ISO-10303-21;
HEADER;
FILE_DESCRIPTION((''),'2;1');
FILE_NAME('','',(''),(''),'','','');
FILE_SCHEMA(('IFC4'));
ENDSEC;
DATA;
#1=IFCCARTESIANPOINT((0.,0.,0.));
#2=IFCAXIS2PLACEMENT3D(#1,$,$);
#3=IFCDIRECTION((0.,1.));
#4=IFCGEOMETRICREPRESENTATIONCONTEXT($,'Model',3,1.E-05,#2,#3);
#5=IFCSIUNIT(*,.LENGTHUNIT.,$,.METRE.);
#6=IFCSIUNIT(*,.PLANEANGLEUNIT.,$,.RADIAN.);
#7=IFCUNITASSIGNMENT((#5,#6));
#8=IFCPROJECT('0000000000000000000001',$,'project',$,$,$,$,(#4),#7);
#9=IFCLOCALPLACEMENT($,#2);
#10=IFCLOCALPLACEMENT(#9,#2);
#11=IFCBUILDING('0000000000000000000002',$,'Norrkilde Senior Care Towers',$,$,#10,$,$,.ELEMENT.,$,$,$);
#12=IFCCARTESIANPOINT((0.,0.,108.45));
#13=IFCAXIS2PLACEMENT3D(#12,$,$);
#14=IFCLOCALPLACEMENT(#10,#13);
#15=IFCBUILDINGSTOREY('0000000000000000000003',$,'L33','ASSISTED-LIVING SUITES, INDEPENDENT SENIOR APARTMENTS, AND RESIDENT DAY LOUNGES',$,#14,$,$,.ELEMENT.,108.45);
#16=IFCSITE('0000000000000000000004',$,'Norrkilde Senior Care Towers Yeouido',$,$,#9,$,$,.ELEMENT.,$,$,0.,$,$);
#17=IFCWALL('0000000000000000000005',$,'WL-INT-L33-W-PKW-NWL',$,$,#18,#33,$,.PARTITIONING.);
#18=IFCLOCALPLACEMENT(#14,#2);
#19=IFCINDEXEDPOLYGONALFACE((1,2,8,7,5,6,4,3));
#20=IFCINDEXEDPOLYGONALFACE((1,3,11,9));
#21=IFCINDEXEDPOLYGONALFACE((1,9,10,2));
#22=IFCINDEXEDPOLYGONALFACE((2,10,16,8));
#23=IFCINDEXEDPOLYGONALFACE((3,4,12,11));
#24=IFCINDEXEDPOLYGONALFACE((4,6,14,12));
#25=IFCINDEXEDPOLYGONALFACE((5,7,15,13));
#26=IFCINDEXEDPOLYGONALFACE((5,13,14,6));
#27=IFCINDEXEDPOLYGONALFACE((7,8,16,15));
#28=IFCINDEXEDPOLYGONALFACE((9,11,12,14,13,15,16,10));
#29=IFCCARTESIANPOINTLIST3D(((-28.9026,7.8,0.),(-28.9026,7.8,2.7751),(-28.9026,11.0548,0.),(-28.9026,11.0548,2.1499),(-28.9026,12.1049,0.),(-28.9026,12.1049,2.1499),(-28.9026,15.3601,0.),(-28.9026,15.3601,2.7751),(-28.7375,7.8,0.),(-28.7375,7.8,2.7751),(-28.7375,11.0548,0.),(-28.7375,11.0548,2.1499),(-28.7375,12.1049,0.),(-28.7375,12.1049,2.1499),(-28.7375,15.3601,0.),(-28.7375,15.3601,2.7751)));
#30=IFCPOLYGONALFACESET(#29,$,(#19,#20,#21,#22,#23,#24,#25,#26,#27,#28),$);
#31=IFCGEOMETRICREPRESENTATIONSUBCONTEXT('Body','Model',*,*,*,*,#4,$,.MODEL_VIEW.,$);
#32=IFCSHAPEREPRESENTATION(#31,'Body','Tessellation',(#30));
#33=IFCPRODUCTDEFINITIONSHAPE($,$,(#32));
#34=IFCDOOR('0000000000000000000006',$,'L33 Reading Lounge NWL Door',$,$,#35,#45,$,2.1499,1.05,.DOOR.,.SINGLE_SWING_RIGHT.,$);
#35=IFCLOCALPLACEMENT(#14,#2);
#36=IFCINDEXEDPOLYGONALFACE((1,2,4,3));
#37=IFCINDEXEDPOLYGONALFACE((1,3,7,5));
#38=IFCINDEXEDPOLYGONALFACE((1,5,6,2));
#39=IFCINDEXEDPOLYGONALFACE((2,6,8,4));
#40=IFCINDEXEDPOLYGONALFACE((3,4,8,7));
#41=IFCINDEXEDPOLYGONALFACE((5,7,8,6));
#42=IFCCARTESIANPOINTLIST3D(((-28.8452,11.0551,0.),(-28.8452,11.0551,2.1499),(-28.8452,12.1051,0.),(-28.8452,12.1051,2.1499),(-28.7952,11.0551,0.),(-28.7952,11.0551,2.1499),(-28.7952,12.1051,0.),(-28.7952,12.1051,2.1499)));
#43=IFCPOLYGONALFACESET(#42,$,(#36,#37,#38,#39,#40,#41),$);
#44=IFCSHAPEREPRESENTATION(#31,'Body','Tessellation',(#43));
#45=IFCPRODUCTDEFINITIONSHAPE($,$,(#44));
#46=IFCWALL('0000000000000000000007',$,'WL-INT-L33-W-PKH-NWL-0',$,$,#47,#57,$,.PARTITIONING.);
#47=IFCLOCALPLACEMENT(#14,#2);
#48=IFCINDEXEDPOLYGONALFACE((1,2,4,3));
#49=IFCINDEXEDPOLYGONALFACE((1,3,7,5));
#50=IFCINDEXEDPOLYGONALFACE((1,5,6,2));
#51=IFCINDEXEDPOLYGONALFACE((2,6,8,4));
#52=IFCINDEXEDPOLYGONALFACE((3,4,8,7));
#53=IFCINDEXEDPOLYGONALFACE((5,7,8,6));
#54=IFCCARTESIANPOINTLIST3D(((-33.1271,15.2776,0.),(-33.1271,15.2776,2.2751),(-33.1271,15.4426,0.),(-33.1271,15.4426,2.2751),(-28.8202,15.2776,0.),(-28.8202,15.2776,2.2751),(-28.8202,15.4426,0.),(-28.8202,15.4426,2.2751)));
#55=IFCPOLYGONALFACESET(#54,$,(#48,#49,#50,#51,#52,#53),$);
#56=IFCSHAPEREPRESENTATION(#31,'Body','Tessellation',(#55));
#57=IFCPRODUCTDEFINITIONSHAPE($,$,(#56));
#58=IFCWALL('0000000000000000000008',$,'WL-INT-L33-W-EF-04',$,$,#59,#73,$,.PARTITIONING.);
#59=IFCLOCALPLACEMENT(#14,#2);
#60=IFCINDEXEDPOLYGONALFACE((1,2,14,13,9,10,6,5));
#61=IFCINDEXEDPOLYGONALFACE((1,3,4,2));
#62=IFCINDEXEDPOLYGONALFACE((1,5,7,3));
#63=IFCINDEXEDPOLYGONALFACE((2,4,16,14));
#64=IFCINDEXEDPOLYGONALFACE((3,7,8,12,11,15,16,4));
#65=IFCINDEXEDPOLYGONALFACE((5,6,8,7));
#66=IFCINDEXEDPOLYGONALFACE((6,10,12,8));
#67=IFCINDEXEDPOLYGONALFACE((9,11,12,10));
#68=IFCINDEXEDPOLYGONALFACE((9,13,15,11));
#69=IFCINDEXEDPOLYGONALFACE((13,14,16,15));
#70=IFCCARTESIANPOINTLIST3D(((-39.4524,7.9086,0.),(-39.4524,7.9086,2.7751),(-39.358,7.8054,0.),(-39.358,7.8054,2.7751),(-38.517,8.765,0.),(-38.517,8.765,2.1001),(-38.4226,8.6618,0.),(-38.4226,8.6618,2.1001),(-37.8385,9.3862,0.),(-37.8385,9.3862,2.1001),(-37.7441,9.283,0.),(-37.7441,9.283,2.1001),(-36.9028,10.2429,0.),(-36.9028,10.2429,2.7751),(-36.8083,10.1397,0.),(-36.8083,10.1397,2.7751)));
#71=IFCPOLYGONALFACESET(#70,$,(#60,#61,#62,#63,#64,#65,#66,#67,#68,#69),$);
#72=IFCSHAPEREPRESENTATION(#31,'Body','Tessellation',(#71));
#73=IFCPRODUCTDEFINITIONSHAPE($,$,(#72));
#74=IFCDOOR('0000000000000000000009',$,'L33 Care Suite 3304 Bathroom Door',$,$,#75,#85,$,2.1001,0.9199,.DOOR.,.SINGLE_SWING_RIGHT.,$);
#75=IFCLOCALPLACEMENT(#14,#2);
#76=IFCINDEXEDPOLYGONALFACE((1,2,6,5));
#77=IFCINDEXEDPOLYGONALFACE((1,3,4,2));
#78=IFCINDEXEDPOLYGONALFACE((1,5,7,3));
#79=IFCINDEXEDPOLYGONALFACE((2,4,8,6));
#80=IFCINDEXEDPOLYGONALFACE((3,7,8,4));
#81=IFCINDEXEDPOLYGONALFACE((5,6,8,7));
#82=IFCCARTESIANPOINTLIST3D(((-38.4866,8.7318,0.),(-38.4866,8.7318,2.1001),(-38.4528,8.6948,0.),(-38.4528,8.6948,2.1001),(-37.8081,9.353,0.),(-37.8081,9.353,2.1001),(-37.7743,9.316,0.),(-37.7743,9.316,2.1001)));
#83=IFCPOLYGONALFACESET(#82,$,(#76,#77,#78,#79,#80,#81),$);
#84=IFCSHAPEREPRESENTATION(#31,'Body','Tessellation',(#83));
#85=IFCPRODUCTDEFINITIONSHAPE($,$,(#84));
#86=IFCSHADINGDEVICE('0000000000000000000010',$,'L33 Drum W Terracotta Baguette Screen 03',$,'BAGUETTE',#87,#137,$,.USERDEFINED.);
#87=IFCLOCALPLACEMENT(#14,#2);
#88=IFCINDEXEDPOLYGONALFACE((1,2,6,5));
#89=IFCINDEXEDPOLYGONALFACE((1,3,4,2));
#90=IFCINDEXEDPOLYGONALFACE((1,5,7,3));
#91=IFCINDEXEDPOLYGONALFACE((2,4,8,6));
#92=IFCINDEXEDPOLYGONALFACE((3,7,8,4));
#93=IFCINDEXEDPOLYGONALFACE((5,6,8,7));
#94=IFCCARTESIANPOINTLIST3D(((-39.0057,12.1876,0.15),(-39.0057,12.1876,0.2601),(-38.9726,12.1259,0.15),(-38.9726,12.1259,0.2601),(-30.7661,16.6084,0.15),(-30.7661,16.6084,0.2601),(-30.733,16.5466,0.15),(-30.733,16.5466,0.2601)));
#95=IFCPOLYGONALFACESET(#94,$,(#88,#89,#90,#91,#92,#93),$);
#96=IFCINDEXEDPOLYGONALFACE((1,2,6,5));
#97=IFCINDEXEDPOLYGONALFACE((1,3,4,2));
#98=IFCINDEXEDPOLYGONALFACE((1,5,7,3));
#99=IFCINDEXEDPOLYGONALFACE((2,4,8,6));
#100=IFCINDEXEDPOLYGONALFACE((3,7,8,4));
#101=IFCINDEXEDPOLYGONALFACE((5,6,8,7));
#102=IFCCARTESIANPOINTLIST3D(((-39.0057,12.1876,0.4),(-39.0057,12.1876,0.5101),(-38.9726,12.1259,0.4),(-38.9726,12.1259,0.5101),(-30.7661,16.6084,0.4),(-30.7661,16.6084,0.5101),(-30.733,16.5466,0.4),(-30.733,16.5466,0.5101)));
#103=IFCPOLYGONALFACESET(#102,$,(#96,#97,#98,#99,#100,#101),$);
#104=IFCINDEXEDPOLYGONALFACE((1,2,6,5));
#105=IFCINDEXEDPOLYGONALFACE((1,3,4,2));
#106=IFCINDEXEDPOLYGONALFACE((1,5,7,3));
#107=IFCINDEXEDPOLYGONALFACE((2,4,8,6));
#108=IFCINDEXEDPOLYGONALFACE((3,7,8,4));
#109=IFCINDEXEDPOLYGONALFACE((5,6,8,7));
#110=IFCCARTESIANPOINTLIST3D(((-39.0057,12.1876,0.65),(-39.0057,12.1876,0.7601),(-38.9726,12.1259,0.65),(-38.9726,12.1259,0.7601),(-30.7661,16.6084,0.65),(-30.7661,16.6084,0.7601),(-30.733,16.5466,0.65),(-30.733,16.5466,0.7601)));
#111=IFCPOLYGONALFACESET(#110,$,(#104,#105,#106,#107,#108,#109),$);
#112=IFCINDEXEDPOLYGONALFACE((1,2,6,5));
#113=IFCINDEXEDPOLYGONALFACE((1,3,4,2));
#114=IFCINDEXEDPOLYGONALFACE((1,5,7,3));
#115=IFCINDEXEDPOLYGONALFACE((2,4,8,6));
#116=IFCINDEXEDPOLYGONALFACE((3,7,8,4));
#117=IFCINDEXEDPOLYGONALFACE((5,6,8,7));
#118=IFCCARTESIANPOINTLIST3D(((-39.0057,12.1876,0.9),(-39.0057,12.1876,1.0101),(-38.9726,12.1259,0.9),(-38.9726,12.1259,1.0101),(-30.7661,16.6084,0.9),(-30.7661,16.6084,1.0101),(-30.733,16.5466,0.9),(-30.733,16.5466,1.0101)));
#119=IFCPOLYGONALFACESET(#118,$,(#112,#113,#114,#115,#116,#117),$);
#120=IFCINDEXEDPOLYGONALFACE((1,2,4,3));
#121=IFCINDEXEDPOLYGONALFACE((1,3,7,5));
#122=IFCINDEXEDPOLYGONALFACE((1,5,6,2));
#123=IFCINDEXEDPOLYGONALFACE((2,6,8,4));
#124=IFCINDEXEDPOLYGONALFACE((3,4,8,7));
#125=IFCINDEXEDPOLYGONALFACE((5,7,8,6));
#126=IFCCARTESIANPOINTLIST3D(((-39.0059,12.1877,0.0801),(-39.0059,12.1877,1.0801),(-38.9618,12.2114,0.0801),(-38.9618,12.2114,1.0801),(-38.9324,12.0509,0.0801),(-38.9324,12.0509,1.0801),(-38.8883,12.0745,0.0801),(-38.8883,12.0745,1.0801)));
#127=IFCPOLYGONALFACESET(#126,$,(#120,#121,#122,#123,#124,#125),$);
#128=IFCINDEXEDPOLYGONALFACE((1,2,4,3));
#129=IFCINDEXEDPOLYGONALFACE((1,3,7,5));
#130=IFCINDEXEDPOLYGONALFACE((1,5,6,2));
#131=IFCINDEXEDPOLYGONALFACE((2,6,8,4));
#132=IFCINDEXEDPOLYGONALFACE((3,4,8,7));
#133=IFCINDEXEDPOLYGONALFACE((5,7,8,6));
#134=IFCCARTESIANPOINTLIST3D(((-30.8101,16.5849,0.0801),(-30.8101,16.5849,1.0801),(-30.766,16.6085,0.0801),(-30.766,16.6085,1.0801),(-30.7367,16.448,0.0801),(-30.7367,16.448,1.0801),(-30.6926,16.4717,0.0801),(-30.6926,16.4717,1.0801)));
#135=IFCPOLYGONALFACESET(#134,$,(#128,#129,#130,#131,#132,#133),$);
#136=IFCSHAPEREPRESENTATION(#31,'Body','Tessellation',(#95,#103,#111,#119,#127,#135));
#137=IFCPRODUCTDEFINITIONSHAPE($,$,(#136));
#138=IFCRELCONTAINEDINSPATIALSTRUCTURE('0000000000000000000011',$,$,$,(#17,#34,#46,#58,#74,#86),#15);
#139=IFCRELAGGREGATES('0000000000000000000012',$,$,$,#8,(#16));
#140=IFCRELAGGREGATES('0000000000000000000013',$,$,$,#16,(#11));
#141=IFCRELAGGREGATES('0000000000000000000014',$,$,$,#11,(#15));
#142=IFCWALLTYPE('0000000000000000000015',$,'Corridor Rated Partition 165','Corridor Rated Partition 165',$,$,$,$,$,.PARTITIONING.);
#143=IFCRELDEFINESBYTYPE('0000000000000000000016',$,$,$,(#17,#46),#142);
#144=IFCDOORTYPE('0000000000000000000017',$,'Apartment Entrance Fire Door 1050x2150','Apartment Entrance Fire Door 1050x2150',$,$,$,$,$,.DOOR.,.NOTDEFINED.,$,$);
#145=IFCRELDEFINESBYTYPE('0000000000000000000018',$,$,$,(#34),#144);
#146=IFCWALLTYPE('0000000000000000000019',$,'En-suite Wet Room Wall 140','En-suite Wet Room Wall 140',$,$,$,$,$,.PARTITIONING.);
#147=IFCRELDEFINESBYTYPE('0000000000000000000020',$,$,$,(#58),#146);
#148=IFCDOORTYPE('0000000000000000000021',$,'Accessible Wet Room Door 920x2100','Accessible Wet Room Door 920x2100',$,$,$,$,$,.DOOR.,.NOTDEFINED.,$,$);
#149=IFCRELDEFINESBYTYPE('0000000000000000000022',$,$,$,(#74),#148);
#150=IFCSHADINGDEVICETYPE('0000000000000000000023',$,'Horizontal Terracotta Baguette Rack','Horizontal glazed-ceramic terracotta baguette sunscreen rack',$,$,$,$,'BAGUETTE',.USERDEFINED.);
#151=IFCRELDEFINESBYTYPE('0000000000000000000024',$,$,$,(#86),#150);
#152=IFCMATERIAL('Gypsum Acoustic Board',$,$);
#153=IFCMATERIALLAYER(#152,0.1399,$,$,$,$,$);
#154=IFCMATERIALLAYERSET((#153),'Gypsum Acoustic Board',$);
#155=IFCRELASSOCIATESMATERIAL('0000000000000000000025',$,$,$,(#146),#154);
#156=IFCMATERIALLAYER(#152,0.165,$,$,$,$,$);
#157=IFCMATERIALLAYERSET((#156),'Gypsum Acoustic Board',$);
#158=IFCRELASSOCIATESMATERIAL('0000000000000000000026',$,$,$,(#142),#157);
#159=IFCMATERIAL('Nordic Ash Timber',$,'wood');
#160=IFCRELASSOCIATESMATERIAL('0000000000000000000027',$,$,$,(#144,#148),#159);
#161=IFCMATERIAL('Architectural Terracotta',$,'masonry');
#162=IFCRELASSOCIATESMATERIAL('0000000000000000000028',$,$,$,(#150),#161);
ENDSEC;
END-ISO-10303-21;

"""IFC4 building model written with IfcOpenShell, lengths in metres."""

from ifc_helpers import new_model, si_unit, direction, frame, frame_2d, origin, origin_2d, place, context, subcontext, project, spatial, rectangle, extrude, source, transform, mapped, material, layer, layer_set, type_object, type_shapes, element, fill, save


model = new_model("IFC4")

# Units and contexts
model_context = context("Model", 3, precision=1e-05, world=origin(), true_north=direction((0.0, 1.0)))
body_context = subcontext(model_context, "Body", "Model", "MODEL_VIEW")
ifc_project = project(units=[si_unit("LENGTHUNIT", "METRE"), si_unit("PLANEANGLEUNIT", "RADIAN")], contexts=[model_context])

# Site, building, storey
site_placement = place(None, origin())
site = spatial("IfcSite", under=ifc_project, at=site_placement, Name="Norrkilde Senior Care Towers Yeouido", CompositionType="ELEMENT", RefElevation=0.0)
building_placement = place(site_placement, origin())
building = spatial("IfcBuilding", under=site, at=building_placement, Name="Norrkilde Senior Care Towers", CompositionType="ELEMENT")
storey_placement = place(building_placement, frame((0.0, 0.0, 108.45)))
storey = spatial("IfcBuildingStorey", under=building, at=storey_placement, Name="L33", Description="ASSISTED-LIVING SUITES, INDEPENDENT SENIOR APARTMENTS, AND RESIDENT DAY LOUNGES", CompositionType="ELEMENT", Elevation=108.45)

# Shared definitions
ifc_material_1 = material(Name="Gypsum Acoustic Board")
ifc_layer_1 = layer(ifc_material_1, 0.1399)
ifc_layer_set_1 = layer_set([ifc_layer_1], Name="Gypsum Acoustic Board")
wall_type_1 = type_object("IfcWallType", Name="En-suite Wet Room Wall 140", Description="En-suite Wet Room Wall 140", PredefinedType="PARTITIONING", material=ifc_layer_set_1)
ifc_layer_2 = layer(ifc_material_1, 0.165)
ifc_layer_set_2 = layer_set([ifc_layer_2], Name="Gypsum Acoustic Board")
wall_type_2 = type_object("IfcWallType", Name="Corridor Rated Partition 165", Description="Corridor Rated Partition 165", PredefinedType="PARTITIONING", material=ifc_layer_set_2)

# Wall, opening, door
shared_shape_1 = source(origin(), body_context, "Body", "SweptSolid", [
    extrude(rectangle(XDim=7.5601, YDim=0.165, at=frame_2d((3.78, 0.0))), origin(), (0.0, 0.0, 1.0), 2.7751),
])
wall_1_placement = place(storey_placement, frame((-28.8201, 7.8, 0.0), z_axis=(0.0, 0.0, 1.0), x_axis=(0.0, 1.0, 0.0)))
wall_1 = element("IfcWall", 1, at=wall_1_placement, inside=storey, type_object=wall_type_2, Name="WL-INT-L33-W-PKW-NWL", PredefinedType="PARTITIONING", context=body_context, shape_type="MappedRepresentation", body=[
    mapped(shared_shape_1, transform((0.0, 0.0, 0.0), x_axis=(1.0, 0.0, 0.0), y_axis=(0.0, 1.0, 0.0), z_axis=(0.0, 0.0, 1.0), scale=1.0)),
])
opening_1_placement = place(wall_1_placement, frame((3.2549, 0.0, 0.0)))
opening_1 = element("IfcOpeningElement", 2, at=opening_1_placement, cuts=wall_1, PredefinedType="OPENING", context=body_context, shape_type="SweptSolid", body=[
    extrude(rectangle(XDim=1.05, YDim=2.1499, at=frame_2d((0.5249, 1.075))), frame((0.0, 0.0925, 0.0), z_axis=(0.0, -1.0, 0.0), x_axis=(1.0, 0.0, 0.0)), (0.0, 0.0, 1.0), 0.1851),
])
ifc_material_2 = material(Name="Nordic Ash Timber", Category="wood")
door_type_1 = type_object("IfcDoorType", Name="Apartment Entrance Fire Door 1050x2150", Description="Apartment Entrance Fire Door 1050x2150", OperationType="NOTDEFINED", PredefinedType="DOOR", material=ifc_material_2)
shared_shape_2 = source(origin(), body_context, "Body", "SweptSolid", [
    extrude(rectangle(XDim=1.05, YDim=2.1499, at=frame_2d((0.5249, 1.075))), frame((0.0, 0.0249, 0.0), z_axis=(0.0, -1.0, 0.0), x_axis=(1.0, 0.0, 0.0)), (0.0, 0.0, 1.0), 0.05),
])
type_shapes(door_type_1, [shared_shape_2])
door_1_placement = place(opening_1_placement, frame((1.05, 0.0, 0.0), z_axis=(0.0, 0.0, 1.0), x_axis=(-1.0, 0.0, 0.0)))
door_1 = element("IfcDoor", 3, at=door_1_placement, inside=storey, type_object=door_type_1, Name="L33 Reading Lounge NWL Door", OperationType="SINGLE_SWING_RIGHT", OverallHeight=2.1499, OverallWidth=1.05, PredefinedType="DOOR", context=body_context, shape_type="MappedRepresentation", body=[
    mapped(shared_shape_2, transform((0.0, 0.0, 0.0), x_axis=(1.0, 0.0, 0.0), y_axis=(0.0, 1.0, 0.0), z_axis=(0.0, 0.0, 1.0), scale=1.0)),
])
fill(opening_1, door_1)

# Wall
shared_shape_3 = source(origin(), body_context, "Body", "SweptSolid", [
    extrude(rectangle(XDim=4.3069, YDim=0.165, at=frame_2d((2.1533, 0.0))), origin(), (0.0, 0.0, 1.0), 2.2751),
])
wall_2_placement = place(storey_placement, frame((-33.127, 15.3601, 0.0), z_axis=(0.0, 0.0, 1.0), x_axis=(1.0, 0.0, 0.0)))
element("IfcWall", 4, at=wall_2_placement, inside=storey, type_object=wall_type_2, Name="WL-INT-L33-W-PKH-NWL-0", PredefinedType="PARTITIONING", context=body_context, shape_type="MappedRepresentation", body=[
    mapped(shared_shape_3, transform((0.0, 0.0, 0.0), x_axis=(1.0, 0.0, 0.0), y_axis=(0.0, 1.0, 0.0), z_axis=(0.0, 0.0, 1.0), scale=1.0)),
])

# Wall, opening, door
shared_shape_4 = source(origin(), body_context, "Body", "SweptSolid", [
    extrude(rectangle(XDim=3.4568, YDim=0.1399, at=frame_2d((1.7285, 0.0))), origin(), (0.0, 0.0, 1.0), 2.7751),
])
wall_3_placement = place(storey_placement, frame((-39.4053, 7.8569, 0.0), z_axis=(0.0, 0.0, 1.0), x_axis=(0.737567, 0.675274, 0.0)))
wall_3 = element("IfcWall", 5, at=wall_3_placement, inside=storey, type_object=wall_type_1, Name="WL-INT-L33-W-EF-04", PredefinedType="PARTITIONING", context=body_context, shape_type="MappedRepresentation", body=[
    mapped(shared_shape_4, transform((0.0, 0.0, 0.0), x_axis=(1.0, 0.0, 0.0), y_axis=(0.0, 1.0, 0.0), z_axis=(0.0, 0.0, 1.0), scale=1.0)),
])
opening_2_placement = place(wall_3_placement, frame((1.2683, 0.0, 0.0)))
opening_2 = element("IfcOpeningElement", 6, at=opening_2_placement, cuts=wall_3, PredefinedType="OPENING", context=body_context, shape_type="SweptSolid", body=[
    extrude(rectangle(XDim=0.9199, YDim=2.1001, at=frame_2d((0.46, 1.05))), frame((0.0, 0.0798, 0.0), z_axis=(0.0, -1.0, 0.0), x_axis=(1.0, 0.0, 0.0)), (0.0, 0.0, 1.0), 0.1599),
])
door_type_2 = type_object("IfcDoorType", Name="Accessible Wet Room Door 920x2100", Description="Accessible Wet Room Door 920x2100", OperationType="NOTDEFINED", PredefinedType="DOOR", material=ifc_material_2)
shared_shape_5 = source(origin(), body_context, "Body", "SweptSolid", [
    extrude(rectangle(XDim=0.9199, YDim=2.1001, at=frame_2d((0.46, 1.05))), frame((0.0, 0.0249, 0.0), z_axis=(0.0, -1.0, 0.0), x_axis=(1.0, 0.0, 0.0)), (0.0, 0.0, 1.0), 0.05),
])
type_shapes(door_type_2, [shared_shape_5])
door_2_placement = place(opening_2_placement, origin())
door_2 = element("IfcDoor", 7, at=door_2_placement, inside=storey, type_object=door_type_2, Name="L33 Care Suite 3304 Bathroom Door", OperationType="SINGLE_SWING_RIGHT", OverallHeight=2.1001, OverallWidth=0.9199, PredefinedType="DOOR", context=body_context, shape_type="MappedRepresentation", body=[
    mapped(shared_shape_5, transform((0.0, 0.0, 0.0), x_axis=(1.0, 0.0, 0.0), y_axis=(0.0, 1.0, 0.0), z_axis=(0.0, 0.0, 1.0), scale=1.0)),
])
fill(opening_2, door_2)

# Shading device
ifc_material_3 = material(Name="Architectural Terracotta", Category="masonry")
shading_device_type = type_object("IfcShadingDeviceType", Name="Horizontal Terracotta Baguette Rack", Description="Horizontal glazed-ceramic terracotta baguette sunscreen rack", ElementType="BAGUETTE", PredefinedType="USERDEFINED", material=ifc_material_3)
shared_shape_6 = source(origin(), body_context, "Body", "SweptSolid", [
    extrude(rectangle(XDim=0.0701, YDim=0.1101, at=origin_2d()), frame((0.0, 0.0901, 0.125), z_axis=(1.0, 0.0, 0.0), x_axis=(0.0, 1.0, 0.0)), (0.0, 0.0, 1.0), 9.3506),
    extrude(rectangle(XDim=0.0701, YDim=0.1101, at=origin_2d()), frame((0.0, 0.0901, 0.375), z_axis=(1.0, 0.0, 0.0), x_axis=(0.0, 1.0, 0.0)), (0.0, 0.0, 1.0), 9.3506),
    extrude(rectangle(XDim=0.0701, YDim=0.1101, at=origin_2d()), frame((0.0, 0.0901, 0.625), z_axis=(1.0, 0.0, 0.0), x_axis=(0.0, 1.0, 0.0)), (0.0, 0.0, 1.0), 9.3506),
    extrude(rectangle(XDim=0.0701, YDim=0.1101, at=origin_2d()), frame((0.0, 0.0901, 0.875), z_axis=(1.0, 0.0, 0.0), x_axis=(0.0, 1.0, 0.0)), (0.0, 0.0, 1.0), 9.3506),
    extrude(rectangle(XDim=0.05, YDim=0.1553, at=origin_2d()), frame((0.0249, 0.0476, 0.0)), (0.0, 0.0, 1.0), 1.0),
    extrude(rectangle(XDim=0.05, YDim=0.1553, at=origin_2d()), frame((9.3257, 0.0476, 0.0)), (0.0, 0.0, 1.0), 1.0),
])
type_shapes(shading_device_type, [shared_shape_6])
shading_device_placement = place(storey_placement, frame((-38.9465, 12.0774, 0.0801), z_axis=(0.0, 0.0, 1.0), x_axis=(0.881175, 0.472768, 0.0)))
element("IfcShadingDevice", 8, at=shading_device_placement, inside=storey, type_object=shading_device_type, Name="L33 Drum W Terracotta Baguette Screen 03", ObjectType="BAGUETTE", PredefinedType="USERDEFINED", context=body_context, shape_type="MappedRepresentation", body=[
    mapped(shared_shape_6, transform((0.0, 0.0, 0.0), x_axis=(1.0, 0.0, 0.0), y_axis=(0.0, 1.0, 0.0), z_axis=(0.0, 0.0, 1.0), scale=1.0)),
])

save(model, "model.ifc")
